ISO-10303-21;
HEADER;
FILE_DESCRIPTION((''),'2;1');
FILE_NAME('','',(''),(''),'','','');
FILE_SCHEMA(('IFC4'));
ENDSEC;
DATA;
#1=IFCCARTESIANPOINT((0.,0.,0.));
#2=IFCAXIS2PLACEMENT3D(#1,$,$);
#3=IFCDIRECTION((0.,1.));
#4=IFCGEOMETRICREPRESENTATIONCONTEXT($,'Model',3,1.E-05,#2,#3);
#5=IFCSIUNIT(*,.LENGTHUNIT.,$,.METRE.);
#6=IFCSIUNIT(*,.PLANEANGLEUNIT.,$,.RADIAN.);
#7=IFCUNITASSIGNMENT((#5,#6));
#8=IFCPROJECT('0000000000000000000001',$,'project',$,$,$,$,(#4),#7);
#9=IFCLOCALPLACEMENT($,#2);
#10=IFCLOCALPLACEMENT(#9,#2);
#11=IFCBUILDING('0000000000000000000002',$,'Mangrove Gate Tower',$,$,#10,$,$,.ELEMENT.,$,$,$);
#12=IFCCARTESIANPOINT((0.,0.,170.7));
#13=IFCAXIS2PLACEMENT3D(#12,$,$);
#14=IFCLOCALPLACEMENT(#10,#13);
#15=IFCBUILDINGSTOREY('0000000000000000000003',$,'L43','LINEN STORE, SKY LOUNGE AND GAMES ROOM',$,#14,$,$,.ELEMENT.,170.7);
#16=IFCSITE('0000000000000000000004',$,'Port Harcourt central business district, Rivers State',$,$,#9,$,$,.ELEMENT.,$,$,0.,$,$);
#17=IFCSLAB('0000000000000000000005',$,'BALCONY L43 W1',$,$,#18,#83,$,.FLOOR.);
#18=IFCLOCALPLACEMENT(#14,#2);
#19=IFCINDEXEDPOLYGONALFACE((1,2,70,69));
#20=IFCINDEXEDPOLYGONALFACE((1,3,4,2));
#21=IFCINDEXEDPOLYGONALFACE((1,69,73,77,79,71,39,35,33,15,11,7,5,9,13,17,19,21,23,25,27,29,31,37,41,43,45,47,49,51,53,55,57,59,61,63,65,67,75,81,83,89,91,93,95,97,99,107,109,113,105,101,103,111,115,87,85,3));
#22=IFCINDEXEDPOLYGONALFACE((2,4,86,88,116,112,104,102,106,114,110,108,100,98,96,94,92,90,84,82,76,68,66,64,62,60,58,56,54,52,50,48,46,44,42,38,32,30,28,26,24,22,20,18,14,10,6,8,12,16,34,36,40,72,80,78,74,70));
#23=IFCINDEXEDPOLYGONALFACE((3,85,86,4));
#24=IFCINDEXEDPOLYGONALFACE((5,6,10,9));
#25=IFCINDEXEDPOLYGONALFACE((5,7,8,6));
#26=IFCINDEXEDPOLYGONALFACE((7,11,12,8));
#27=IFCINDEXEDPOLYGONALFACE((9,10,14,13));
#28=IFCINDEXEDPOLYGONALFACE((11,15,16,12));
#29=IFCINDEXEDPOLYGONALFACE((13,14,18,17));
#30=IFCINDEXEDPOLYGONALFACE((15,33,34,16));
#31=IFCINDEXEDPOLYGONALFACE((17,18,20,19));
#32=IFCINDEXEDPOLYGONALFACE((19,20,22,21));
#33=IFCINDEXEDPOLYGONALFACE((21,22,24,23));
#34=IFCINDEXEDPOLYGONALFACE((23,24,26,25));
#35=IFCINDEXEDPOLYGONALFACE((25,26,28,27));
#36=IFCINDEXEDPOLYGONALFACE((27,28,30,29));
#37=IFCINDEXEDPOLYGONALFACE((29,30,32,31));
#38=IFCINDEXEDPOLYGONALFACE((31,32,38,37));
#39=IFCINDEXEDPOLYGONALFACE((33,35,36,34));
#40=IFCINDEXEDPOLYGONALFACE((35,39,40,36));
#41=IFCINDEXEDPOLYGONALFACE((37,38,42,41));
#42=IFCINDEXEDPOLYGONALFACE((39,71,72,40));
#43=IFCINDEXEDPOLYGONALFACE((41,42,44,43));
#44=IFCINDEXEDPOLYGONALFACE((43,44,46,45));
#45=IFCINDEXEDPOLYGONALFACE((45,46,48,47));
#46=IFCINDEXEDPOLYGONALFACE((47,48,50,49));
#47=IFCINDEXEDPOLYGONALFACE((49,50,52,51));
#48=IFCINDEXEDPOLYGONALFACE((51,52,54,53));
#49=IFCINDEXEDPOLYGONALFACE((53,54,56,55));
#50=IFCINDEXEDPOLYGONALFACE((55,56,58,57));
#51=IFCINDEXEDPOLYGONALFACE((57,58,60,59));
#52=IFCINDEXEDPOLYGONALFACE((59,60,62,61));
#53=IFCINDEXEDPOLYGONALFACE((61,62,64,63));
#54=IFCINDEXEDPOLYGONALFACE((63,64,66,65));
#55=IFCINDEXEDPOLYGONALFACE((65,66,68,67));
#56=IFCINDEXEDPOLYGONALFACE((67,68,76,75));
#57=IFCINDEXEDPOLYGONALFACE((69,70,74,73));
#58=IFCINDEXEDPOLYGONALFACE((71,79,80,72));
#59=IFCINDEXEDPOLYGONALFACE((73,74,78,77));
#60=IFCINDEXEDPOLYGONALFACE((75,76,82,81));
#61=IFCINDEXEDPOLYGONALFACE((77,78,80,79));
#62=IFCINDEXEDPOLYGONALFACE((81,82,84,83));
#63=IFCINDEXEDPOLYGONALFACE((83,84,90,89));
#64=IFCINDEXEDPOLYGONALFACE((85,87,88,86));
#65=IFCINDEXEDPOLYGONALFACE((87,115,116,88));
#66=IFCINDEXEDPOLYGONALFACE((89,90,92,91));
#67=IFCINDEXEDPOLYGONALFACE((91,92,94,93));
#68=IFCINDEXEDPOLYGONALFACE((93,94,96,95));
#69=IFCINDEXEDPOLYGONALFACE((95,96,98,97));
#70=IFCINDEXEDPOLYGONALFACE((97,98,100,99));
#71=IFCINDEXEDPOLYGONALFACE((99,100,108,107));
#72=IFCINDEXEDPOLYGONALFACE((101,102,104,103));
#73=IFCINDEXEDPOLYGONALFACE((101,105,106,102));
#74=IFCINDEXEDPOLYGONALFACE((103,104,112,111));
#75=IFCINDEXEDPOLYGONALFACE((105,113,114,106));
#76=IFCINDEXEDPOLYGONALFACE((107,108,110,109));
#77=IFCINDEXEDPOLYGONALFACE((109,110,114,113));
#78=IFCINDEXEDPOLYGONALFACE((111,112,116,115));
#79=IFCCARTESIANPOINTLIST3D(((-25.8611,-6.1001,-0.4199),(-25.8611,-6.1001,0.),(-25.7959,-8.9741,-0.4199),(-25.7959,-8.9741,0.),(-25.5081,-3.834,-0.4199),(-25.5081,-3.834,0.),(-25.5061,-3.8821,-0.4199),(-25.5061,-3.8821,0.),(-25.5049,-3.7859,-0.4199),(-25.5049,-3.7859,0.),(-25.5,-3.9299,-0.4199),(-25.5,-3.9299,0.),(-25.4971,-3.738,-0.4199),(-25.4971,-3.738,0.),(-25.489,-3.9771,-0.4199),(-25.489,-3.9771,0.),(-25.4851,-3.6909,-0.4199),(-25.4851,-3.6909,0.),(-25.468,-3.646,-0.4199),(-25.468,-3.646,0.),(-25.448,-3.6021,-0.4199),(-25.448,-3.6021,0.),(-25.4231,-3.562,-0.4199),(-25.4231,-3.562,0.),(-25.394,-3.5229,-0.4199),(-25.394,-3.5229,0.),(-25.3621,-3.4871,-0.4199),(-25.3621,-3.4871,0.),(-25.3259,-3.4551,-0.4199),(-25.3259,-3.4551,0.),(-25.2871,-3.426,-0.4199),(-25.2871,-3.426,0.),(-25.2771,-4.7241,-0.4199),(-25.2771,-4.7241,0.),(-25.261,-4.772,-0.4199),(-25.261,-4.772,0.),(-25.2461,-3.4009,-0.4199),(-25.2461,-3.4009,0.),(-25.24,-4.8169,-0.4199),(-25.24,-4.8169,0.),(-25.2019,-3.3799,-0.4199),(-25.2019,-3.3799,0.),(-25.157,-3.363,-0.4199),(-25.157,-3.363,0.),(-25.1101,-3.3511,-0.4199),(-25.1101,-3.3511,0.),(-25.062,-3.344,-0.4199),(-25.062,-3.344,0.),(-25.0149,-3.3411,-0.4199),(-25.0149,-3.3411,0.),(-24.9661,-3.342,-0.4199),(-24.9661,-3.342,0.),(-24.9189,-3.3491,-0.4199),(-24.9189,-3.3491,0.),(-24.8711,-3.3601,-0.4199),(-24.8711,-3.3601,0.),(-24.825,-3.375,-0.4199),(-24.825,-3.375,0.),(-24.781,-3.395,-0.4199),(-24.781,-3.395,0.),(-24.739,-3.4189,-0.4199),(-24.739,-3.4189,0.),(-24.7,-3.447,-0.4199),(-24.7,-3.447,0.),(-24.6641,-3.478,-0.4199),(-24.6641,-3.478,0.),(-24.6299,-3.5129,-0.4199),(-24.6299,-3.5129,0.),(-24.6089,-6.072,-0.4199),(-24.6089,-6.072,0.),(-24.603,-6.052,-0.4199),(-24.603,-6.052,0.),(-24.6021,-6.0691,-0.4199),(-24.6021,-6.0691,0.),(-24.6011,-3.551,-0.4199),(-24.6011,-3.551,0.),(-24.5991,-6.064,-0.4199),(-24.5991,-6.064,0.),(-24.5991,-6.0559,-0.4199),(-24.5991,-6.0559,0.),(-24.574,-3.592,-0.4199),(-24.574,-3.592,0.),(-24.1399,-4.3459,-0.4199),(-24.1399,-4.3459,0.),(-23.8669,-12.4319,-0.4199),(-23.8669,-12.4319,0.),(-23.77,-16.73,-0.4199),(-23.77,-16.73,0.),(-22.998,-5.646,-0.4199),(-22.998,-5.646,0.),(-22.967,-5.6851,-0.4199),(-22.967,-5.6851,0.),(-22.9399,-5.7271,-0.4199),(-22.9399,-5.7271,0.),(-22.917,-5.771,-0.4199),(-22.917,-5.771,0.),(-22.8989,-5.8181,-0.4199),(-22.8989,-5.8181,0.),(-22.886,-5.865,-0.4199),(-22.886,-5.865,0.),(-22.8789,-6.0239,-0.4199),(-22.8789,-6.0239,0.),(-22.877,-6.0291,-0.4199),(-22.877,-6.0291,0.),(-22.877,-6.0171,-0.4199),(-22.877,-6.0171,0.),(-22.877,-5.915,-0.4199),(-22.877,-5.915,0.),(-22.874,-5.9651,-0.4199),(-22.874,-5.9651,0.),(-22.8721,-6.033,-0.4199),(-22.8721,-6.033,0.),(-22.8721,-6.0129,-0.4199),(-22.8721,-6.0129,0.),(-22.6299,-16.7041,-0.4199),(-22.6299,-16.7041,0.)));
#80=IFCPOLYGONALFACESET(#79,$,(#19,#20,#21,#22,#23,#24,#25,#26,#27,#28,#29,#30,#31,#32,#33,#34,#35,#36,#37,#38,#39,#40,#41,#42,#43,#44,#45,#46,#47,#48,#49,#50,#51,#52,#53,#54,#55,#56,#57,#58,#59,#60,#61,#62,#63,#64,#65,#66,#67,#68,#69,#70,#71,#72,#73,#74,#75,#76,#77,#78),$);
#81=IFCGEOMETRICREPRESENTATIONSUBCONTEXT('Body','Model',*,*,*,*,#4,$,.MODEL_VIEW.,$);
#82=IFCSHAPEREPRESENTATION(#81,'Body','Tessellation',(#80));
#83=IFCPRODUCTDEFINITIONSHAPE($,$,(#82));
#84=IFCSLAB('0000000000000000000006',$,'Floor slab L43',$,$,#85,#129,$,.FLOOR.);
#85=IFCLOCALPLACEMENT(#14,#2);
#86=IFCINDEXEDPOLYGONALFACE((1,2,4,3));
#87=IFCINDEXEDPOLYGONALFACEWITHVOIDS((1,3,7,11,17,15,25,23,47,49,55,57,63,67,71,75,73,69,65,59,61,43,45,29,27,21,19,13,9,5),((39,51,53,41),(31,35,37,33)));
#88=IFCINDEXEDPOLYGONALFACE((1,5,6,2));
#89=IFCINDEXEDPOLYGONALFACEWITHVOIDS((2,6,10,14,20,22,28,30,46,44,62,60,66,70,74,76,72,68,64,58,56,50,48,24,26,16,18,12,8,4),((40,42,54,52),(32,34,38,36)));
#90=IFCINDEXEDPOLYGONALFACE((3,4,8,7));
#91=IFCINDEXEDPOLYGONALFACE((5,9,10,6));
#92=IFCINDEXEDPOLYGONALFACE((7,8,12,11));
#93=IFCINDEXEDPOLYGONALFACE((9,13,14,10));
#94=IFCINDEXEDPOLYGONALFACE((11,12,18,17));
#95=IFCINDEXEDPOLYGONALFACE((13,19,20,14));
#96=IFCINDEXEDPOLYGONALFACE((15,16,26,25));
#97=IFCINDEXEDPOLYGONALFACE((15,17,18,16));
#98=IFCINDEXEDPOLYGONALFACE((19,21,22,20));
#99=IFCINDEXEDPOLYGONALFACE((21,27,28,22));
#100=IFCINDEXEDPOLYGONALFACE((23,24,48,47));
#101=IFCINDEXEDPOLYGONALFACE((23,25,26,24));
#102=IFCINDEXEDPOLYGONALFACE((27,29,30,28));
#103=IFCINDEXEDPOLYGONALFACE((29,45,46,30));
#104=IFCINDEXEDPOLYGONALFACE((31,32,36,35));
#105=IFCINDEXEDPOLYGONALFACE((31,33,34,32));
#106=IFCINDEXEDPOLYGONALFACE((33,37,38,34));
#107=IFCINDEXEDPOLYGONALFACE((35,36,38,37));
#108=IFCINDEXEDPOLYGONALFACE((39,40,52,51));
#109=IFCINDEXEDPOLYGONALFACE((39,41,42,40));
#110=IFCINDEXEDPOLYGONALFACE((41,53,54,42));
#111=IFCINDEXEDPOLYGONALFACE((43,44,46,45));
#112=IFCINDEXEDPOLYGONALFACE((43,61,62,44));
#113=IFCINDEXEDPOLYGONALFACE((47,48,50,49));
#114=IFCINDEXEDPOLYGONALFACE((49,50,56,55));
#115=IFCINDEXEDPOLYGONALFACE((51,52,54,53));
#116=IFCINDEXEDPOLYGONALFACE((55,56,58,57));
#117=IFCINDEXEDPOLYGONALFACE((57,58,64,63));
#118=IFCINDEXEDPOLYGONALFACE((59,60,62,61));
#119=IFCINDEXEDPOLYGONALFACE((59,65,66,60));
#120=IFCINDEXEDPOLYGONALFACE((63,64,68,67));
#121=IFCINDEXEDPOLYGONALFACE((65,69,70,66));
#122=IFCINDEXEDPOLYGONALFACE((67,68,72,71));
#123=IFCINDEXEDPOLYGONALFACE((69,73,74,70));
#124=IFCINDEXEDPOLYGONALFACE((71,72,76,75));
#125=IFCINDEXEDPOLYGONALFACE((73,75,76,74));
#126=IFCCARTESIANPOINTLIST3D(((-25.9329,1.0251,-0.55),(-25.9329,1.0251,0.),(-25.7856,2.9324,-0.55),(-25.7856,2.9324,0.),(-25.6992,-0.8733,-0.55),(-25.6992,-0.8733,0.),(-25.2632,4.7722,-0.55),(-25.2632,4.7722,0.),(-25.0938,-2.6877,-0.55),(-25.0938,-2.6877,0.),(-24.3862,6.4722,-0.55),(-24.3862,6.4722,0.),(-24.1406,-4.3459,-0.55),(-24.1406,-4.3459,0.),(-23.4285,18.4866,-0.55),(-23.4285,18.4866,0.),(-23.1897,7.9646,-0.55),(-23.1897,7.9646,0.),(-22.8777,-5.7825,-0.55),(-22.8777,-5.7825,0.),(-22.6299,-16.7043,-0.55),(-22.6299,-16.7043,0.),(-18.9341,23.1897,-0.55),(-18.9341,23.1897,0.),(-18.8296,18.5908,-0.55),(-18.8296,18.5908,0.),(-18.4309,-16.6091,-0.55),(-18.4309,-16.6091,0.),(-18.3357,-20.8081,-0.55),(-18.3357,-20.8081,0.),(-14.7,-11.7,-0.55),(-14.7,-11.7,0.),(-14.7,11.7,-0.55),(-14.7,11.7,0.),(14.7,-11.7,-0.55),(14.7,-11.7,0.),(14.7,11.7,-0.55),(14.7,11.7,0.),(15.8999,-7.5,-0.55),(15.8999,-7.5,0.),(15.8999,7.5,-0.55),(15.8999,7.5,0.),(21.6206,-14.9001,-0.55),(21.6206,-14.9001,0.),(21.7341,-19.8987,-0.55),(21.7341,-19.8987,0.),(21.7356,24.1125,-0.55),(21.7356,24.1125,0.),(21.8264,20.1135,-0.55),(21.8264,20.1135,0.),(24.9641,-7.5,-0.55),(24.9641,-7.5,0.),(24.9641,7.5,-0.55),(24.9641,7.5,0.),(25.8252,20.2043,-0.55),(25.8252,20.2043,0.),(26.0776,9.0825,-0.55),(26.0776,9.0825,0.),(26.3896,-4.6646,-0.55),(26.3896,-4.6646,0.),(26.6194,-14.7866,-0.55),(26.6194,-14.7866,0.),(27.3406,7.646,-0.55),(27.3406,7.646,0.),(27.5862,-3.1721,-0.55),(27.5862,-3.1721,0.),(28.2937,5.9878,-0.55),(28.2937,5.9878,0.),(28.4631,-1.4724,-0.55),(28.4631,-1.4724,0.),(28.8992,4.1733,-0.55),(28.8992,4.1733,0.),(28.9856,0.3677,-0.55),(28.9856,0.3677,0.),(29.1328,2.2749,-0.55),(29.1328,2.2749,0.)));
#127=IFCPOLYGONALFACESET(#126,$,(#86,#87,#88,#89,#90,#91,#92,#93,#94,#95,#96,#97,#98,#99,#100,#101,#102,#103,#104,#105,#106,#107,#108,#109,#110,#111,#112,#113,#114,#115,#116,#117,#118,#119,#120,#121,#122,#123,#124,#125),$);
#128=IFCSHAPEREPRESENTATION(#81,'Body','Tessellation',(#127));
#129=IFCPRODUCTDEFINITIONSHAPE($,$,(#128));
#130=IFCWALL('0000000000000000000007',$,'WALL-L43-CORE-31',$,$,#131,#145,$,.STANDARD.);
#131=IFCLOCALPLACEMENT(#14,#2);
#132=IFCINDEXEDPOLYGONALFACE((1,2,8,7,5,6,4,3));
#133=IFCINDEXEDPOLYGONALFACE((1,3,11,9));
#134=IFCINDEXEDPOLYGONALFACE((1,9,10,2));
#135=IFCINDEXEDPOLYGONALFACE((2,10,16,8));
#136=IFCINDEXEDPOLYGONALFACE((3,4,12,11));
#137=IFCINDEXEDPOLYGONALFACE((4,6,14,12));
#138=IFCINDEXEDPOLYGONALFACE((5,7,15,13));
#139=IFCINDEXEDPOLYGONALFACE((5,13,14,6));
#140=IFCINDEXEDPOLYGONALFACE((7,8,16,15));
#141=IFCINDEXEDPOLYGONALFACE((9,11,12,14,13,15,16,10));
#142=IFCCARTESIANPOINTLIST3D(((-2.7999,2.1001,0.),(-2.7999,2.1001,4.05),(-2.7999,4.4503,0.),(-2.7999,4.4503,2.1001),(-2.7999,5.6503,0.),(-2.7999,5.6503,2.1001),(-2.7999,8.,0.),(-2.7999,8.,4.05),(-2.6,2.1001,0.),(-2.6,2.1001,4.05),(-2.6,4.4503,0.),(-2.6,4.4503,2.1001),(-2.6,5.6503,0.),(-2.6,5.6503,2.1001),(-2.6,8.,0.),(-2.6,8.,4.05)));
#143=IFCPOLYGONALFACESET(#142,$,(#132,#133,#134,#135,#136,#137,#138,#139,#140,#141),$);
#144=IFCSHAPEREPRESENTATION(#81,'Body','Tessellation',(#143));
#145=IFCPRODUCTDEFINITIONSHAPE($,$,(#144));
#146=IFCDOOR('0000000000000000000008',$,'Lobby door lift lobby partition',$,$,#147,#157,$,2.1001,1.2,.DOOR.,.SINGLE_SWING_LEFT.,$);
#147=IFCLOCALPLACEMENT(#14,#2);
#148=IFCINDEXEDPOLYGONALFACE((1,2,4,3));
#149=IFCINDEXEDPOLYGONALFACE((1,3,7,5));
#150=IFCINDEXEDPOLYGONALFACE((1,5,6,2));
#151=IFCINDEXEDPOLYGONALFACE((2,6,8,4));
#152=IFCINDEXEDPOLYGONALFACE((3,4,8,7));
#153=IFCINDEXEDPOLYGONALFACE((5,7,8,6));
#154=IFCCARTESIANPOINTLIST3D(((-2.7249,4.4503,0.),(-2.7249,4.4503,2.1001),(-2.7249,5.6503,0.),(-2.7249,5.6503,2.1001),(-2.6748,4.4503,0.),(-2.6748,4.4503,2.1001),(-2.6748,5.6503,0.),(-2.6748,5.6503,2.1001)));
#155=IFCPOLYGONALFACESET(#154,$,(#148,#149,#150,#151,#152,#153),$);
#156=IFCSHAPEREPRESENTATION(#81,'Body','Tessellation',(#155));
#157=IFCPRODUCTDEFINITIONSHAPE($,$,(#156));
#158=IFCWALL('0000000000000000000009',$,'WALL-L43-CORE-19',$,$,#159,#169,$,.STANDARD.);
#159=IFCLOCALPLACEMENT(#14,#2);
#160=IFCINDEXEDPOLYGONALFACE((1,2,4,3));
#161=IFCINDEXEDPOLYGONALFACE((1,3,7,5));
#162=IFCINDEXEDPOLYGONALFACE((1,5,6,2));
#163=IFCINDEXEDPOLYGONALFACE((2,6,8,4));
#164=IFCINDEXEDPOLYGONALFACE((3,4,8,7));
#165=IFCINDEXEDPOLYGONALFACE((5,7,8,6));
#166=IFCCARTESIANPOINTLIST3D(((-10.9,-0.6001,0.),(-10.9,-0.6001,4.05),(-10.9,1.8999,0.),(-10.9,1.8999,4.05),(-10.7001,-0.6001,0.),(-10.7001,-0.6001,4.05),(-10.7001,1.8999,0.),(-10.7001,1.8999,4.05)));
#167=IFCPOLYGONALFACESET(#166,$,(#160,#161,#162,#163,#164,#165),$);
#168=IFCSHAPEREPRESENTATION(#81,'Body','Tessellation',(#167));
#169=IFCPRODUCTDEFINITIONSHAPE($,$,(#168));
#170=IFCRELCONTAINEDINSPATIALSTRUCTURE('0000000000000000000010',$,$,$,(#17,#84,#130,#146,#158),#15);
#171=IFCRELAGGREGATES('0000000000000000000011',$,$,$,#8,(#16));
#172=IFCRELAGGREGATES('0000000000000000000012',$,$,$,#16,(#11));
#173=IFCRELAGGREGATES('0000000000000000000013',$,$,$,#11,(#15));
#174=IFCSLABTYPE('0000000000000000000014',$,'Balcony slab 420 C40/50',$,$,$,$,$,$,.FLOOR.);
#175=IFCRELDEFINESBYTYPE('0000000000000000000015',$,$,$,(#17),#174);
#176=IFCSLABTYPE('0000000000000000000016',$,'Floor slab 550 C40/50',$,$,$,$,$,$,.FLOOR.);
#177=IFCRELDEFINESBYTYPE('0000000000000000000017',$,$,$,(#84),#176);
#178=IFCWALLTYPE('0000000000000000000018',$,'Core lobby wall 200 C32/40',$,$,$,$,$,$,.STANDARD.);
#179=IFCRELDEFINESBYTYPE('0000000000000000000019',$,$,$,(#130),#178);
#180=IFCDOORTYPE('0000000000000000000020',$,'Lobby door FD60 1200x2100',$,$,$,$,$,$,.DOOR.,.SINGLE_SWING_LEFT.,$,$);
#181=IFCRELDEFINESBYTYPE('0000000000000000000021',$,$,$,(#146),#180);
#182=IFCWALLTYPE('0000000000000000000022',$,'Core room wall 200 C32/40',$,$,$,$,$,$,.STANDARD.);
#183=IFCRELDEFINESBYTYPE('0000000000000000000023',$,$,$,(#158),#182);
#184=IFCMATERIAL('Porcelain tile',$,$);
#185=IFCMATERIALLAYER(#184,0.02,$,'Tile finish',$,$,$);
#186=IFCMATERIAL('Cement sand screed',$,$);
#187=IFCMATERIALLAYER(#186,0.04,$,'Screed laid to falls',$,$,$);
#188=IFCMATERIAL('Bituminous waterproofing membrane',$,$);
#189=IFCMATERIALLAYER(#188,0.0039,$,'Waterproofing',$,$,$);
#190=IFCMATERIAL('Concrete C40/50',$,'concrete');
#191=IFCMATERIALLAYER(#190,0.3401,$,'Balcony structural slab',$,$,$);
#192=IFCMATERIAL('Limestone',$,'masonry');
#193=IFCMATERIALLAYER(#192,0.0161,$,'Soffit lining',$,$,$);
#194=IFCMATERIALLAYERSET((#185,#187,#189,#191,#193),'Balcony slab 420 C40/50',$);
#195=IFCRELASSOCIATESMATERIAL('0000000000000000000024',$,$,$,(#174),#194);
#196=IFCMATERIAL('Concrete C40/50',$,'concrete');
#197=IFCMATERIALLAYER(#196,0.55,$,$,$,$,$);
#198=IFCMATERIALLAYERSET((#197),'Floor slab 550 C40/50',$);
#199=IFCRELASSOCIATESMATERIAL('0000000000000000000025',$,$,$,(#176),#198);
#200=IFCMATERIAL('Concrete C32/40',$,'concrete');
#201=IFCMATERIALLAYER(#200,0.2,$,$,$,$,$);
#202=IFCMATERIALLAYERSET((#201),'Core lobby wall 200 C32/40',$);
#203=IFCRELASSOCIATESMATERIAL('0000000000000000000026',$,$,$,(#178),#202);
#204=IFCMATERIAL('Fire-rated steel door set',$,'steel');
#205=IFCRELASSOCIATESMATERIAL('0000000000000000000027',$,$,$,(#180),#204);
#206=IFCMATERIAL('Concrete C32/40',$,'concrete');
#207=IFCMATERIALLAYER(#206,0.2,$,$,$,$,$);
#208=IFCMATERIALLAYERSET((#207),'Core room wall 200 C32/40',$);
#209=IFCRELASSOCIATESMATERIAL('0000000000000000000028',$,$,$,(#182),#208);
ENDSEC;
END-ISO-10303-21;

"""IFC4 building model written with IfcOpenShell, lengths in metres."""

from ifc_helpers import new_model, si_unit, direction, frame, frame_2d, origin, place, context, subcontext, project, spatial, polyline, rectangle, outline, extrude, material, layer, layer_set, type_object, element, fill, save


model = new_model("IFC4")

# Units and contexts
model_context = context("Model", 3, precision=1e-05, world=origin(), true_north=direction((0.0, 1.0)))
body_context = subcontext(model_context, "Body", "Model", "MODEL_VIEW")
ifc_project = project(units=[si_unit("LENGTHUNIT", "METRE"), si_unit("PLANEANGLEUNIT", "RADIAN")], contexts=[model_context])

# Site, building, storey
site_placement = place(None, origin())
site = spatial("IfcSite", under=ifc_project, at=site_placement, Name="Port Harcourt central business district, Rivers State", CompositionType="ELEMENT", RefElevation=0.0)
building_placement = place(site_placement, origin())
building = spatial("IfcBuilding", under=site, at=building_placement, Name="Mangrove Gate Tower", CompositionType="ELEMENT")
storey_placement = place(building_placement, frame((0.0, 0.0, 170.7)))
storey = spatial("IfcBuildingStorey", under=building, at=storey_placement, Name="L43", Description="LINEN STORE, SKY LOUNGE AND GAMES ROOM", CompositionType="ELEMENT", Elevation=170.7)

# Slabs
ifc_material_1 = material(Name="Porcelain tile")
ifc_layer_1 = layer(ifc_material_1, 0.02, Name="Tile finish")
ifc_material_2 = material(Name="Cement sand screed")
ifc_layer_2 = layer(ifc_material_2, 0.04, Name="Screed laid to falls")
ifc_material_3 = material(Name="Bituminous waterproofing membrane")
ifc_layer_3 = layer(ifc_material_3, 0.0039, Name="Waterproofing")
ifc_material_4 = material(Name="Concrete C40/50", Category="concrete")
ifc_layer_4 = layer(ifc_material_4, 0.3401, Name="Balcony structural slab")
ifc_material_5 = material(Name="Limestone", Category="masonry")
ifc_layer_5 = layer(ifc_material_5, 0.0161, Name="Soffit lining")
ifc_layer_set_1 = layer_set([ifc_layer_1, ifc_layer_2, ifc_layer_3, ifc_layer_4, ifc_layer_5], Name="Balcony slab 420 C40/50")
slab_type_1 = type_object("IfcSlabType", Name="Balcony slab 420 C40/50", PredefinedType="FLOOR", material=ifc_layer_set_1)
slab_1_placement = place(storey_placement, frame((0.0, 0.0, -0.4199)))
element("IfcSlab", 1, at=slab_1_placement, inside=storey, type_object=slab_type_1, Name="BALCONY L43 W1", PredefinedType="FLOOR", context=body_context, shape_type="SweptSolid", body=[
    extrude(outline(polyline([(-25.7959, -8.9741), (-23.8669, -12.4319), (-23.77, -16.73), (-22.6299, -16.7041), (-22.8721, -6.033), (-22.877, -6.0291), (-22.8789, -6.0239), (-22.877, -6.0171), (-22.8721, -6.0129), (-22.874, -5.9651), (-22.877, -5.915), (-22.886, -5.865), (-22.8989, -5.8181), (-22.917, -5.771), (-22.9399, -5.7271), (-22.967, -5.6851), (-22.998, -5.646), (-24.1399, -4.3459), (-24.574, -3.592), (-24.6011, -3.551), (-24.6299, -3.5129), (-24.6641, -3.478), (-24.7, -3.447), (-24.739, -3.4189), (-24.781, -3.395), (-24.825, -3.375), (-24.8711, -3.3601), (-24.9189, -3.3491), (-24.9661, -3.342), (-25.0149, -3.3411), (-25.062, -3.344), (-25.1101, -3.3511), (-25.157, -3.363), (-25.2019, -3.3799), (-25.2461, -3.4009), (-25.2871, -3.426), (-25.3259, -3.4551), (-25.3621, -3.4871), (-25.394, -3.5229), (-25.4231, -3.562), (-25.448, -3.6021), (-25.468, -3.646), (-25.4851, -3.6909), (-25.4971, -3.738), (-25.5049, -3.7859), (-25.5081, -3.834), (-25.5061, -3.8821), (-25.5, -3.9299), (-25.489, -3.9771), (-25.2771, -4.7241), (-25.261, -4.772), (-25.24, -4.8169), (-24.603, -6.052), (-24.5991, -6.0559), (-24.5991, -6.064), (-24.6021, -6.0691), (-24.6089, -6.072), (-25.8611, -6.1001), (-25.7959, -8.9741)])), origin(), (0.0, 0.0, 1.0), 0.4199),
])
ifc_material_6 = material(Name="Concrete C40/50", Category="concrete")
ifc_layer_6 = layer(ifc_material_6, 0.55)
ifc_layer_set_2 = layer_set([ifc_layer_6], Name="Floor slab 550 C40/50")
slab_type_2 = type_object("IfcSlabType", Name="Floor slab 550 C40/50", PredefinedType="FLOOR", material=ifc_layer_set_2)
slab_2_placement = place(storey_placement, frame((0.0, 0.0, -0.55)))
element("IfcSlab", 2, at=slab_2_placement, inside=storey, type_object=slab_type_2, Name="Floor slab L43", PredefinedType="FLOOR", context=body_context, shape_type="SweptSolid", body=[
    extrude(outline(polyline([(-18.3357, -20.8081), (21.7341, -19.8987), (21.6206, -14.9001), (26.6194, -14.7866), (26.3896, -4.6646), (27.5862, -3.1721), (28.4631, -1.4724), (28.9856, 0.3677), (29.1328, 2.2749), (28.8992, 4.1733), (28.2937, 5.9878), (27.3406, 7.646), (26.0776, 9.0825), (25.8252, 20.2043), (21.8264, 20.1135), (21.7356, 24.1125), (-18.9341, 23.1897), (-18.8296, 18.5908), (-23.4285, 18.4866), (-23.1897, 7.9646), (-24.3862, 6.4722), (-25.2632, 4.7722), (-25.7856, 2.9324), (-25.9329, 1.0251), (-25.6992, -0.8733), (-25.0938, -2.6877), (-24.1406, -4.3459), (-22.8777, -5.7825), (-22.6299, -16.7043), (-18.4309, -16.6091), (-18.3357, -20.8081)]), holes=[polyline([(15.8999, 7.5), (24.9641, 7.5), (24.9641, -7.5), (15.8999, -7.5), (15.8999, 7.5)]), polyline([(-14.7, -11.7), (-14.7, 11.7), (14.7, 11.7), (14.7, -11.7), (-14.7, -11.7)])]), origin(), (0.0, 0.0, 1.0), 0.55),
])

# Wall, opening, door
ifc_material_7 = material(Name="Concrete C32/40", Category="concrete")
ifc_layer_7 = layer(ifc_material_7, 0.2)
ifc_layer_set_3 = layer_set([ifc_layer_7], Name="Core lobby wall 200 C32/40")
wall_type_1 = type_object("IfcWallType", Name="Core lobby wall 200 C32/40", PredefinedType="STANDARD", material=ifc_layer_set_3)
wall_placement = place(storey_placement, frame((-2.7, 2.1001, 0.0), z_axis=(0.0, 0.0, 1.0), x_axis=(0.0, 1.0, 0.0)))
wall = element("IfcWall", 3, at=wall_placement, inside=storey, type_object=wall_type_1, Name="WALL-L43-CORE-31", PredefinedType="STANDARD", context=body_context, shape_type="SweptSolid", body=[
    extrude(rectangle(XDim=5.8999, YDim=0.2, at=frame_2d((2.95, 0.0))), origin(), (0.0, 0.0, 1.0), 4.05),
])
opening_placement = place(wall_placement, frame((2.3501, 0.0, 0.0)))
opening = element("IfcOpeningElement", 4, at=opening_placement, cuts=wall, PredefinedType="OPENING", context=body_context, shape_type="SweptSolid", body=[
    extrude(rectangle(XDim=1.2, YDim=2.1001, at=frame_2d((0.6001, 1.05))), frame((0.0, 0.1099, 0.0), z_axis=(0.0, -1.0, 0.0), x_axis=(1.0, 0.0, 0.0)), (0.0, 0.0, 1.0), 0.22),
])
ifc_material_8 = material(Name="Fire-rated steel door set", Category="steel")
door_type = type_object("IfcDoorType", Name="Lobby door FD60 1200x2100", OperationType="SINGLE_SWING_LEFT", PredefinedType="DOOR", material=ifc_material_8)
door_placement = place(opening_placement, origin())
door = element("IfcDoor", 5, at=door_placement, inside=storey, type_object=door_type, Name="Lobby door lift lobby partition", OperationType="SINGLE_SWING_LEFT", OverallHeight=2.1001, OverallWidth=1.2, PredefinedType="DOOR", context=body_context, shape_type="SweptSolid", body=[
    extrude(rectangle(XDim=1.2, YDim=2.1001, at=frame_2d((0.6001, 1.05))), frame((0.0, 0.0249, 0.0), z_axis=(0.0, -1.0, 0.0), x_axis=(1.0, 0.0, 0.0)), (0.0, 0.0, 1.0), 0.05),
])
fill(opening, door)

# Wall
ifc_material_9 = material(Name="Concrete C32/40", Category="concrete")
ifc_layer_8 = layer(ifc_material_9, 0.2)
ifc_layer_set_4 = layer_set([ifc_layer_8], Name="Core room wall 200 C32/40")
wall_type_2 = type_object("IfcWallType", Name="Core room wall 200 C32/40", PredefinedType="STANDARD", material=ifc_layer_set_4)
for number, where, z_axis, x_axis, name in (
    (6, (-10.8, -0.6001, 0.0), (0.0, 0.0, 1.0), (0.0, 1.0, 0.0), "WALL-L43-CORE-19"),
):
    element("IfcWall", number, at=place(storey_placement, frame(where, z_axis=z_axis, x_axis=x_axis)), inside=storey, type_object=wall_type_2, Name=name, PredefinedType="STANDARD", context=body_context, shape_type="SweptSolid", body=[
        extrude(rectangle(XDim=2.5, YDim=0.2, at=frame_2d((1.25, 0.0))), origin(), (0.0, 0.0, 1.0), 4.05),
    ])

save(model, "model.ifc")
